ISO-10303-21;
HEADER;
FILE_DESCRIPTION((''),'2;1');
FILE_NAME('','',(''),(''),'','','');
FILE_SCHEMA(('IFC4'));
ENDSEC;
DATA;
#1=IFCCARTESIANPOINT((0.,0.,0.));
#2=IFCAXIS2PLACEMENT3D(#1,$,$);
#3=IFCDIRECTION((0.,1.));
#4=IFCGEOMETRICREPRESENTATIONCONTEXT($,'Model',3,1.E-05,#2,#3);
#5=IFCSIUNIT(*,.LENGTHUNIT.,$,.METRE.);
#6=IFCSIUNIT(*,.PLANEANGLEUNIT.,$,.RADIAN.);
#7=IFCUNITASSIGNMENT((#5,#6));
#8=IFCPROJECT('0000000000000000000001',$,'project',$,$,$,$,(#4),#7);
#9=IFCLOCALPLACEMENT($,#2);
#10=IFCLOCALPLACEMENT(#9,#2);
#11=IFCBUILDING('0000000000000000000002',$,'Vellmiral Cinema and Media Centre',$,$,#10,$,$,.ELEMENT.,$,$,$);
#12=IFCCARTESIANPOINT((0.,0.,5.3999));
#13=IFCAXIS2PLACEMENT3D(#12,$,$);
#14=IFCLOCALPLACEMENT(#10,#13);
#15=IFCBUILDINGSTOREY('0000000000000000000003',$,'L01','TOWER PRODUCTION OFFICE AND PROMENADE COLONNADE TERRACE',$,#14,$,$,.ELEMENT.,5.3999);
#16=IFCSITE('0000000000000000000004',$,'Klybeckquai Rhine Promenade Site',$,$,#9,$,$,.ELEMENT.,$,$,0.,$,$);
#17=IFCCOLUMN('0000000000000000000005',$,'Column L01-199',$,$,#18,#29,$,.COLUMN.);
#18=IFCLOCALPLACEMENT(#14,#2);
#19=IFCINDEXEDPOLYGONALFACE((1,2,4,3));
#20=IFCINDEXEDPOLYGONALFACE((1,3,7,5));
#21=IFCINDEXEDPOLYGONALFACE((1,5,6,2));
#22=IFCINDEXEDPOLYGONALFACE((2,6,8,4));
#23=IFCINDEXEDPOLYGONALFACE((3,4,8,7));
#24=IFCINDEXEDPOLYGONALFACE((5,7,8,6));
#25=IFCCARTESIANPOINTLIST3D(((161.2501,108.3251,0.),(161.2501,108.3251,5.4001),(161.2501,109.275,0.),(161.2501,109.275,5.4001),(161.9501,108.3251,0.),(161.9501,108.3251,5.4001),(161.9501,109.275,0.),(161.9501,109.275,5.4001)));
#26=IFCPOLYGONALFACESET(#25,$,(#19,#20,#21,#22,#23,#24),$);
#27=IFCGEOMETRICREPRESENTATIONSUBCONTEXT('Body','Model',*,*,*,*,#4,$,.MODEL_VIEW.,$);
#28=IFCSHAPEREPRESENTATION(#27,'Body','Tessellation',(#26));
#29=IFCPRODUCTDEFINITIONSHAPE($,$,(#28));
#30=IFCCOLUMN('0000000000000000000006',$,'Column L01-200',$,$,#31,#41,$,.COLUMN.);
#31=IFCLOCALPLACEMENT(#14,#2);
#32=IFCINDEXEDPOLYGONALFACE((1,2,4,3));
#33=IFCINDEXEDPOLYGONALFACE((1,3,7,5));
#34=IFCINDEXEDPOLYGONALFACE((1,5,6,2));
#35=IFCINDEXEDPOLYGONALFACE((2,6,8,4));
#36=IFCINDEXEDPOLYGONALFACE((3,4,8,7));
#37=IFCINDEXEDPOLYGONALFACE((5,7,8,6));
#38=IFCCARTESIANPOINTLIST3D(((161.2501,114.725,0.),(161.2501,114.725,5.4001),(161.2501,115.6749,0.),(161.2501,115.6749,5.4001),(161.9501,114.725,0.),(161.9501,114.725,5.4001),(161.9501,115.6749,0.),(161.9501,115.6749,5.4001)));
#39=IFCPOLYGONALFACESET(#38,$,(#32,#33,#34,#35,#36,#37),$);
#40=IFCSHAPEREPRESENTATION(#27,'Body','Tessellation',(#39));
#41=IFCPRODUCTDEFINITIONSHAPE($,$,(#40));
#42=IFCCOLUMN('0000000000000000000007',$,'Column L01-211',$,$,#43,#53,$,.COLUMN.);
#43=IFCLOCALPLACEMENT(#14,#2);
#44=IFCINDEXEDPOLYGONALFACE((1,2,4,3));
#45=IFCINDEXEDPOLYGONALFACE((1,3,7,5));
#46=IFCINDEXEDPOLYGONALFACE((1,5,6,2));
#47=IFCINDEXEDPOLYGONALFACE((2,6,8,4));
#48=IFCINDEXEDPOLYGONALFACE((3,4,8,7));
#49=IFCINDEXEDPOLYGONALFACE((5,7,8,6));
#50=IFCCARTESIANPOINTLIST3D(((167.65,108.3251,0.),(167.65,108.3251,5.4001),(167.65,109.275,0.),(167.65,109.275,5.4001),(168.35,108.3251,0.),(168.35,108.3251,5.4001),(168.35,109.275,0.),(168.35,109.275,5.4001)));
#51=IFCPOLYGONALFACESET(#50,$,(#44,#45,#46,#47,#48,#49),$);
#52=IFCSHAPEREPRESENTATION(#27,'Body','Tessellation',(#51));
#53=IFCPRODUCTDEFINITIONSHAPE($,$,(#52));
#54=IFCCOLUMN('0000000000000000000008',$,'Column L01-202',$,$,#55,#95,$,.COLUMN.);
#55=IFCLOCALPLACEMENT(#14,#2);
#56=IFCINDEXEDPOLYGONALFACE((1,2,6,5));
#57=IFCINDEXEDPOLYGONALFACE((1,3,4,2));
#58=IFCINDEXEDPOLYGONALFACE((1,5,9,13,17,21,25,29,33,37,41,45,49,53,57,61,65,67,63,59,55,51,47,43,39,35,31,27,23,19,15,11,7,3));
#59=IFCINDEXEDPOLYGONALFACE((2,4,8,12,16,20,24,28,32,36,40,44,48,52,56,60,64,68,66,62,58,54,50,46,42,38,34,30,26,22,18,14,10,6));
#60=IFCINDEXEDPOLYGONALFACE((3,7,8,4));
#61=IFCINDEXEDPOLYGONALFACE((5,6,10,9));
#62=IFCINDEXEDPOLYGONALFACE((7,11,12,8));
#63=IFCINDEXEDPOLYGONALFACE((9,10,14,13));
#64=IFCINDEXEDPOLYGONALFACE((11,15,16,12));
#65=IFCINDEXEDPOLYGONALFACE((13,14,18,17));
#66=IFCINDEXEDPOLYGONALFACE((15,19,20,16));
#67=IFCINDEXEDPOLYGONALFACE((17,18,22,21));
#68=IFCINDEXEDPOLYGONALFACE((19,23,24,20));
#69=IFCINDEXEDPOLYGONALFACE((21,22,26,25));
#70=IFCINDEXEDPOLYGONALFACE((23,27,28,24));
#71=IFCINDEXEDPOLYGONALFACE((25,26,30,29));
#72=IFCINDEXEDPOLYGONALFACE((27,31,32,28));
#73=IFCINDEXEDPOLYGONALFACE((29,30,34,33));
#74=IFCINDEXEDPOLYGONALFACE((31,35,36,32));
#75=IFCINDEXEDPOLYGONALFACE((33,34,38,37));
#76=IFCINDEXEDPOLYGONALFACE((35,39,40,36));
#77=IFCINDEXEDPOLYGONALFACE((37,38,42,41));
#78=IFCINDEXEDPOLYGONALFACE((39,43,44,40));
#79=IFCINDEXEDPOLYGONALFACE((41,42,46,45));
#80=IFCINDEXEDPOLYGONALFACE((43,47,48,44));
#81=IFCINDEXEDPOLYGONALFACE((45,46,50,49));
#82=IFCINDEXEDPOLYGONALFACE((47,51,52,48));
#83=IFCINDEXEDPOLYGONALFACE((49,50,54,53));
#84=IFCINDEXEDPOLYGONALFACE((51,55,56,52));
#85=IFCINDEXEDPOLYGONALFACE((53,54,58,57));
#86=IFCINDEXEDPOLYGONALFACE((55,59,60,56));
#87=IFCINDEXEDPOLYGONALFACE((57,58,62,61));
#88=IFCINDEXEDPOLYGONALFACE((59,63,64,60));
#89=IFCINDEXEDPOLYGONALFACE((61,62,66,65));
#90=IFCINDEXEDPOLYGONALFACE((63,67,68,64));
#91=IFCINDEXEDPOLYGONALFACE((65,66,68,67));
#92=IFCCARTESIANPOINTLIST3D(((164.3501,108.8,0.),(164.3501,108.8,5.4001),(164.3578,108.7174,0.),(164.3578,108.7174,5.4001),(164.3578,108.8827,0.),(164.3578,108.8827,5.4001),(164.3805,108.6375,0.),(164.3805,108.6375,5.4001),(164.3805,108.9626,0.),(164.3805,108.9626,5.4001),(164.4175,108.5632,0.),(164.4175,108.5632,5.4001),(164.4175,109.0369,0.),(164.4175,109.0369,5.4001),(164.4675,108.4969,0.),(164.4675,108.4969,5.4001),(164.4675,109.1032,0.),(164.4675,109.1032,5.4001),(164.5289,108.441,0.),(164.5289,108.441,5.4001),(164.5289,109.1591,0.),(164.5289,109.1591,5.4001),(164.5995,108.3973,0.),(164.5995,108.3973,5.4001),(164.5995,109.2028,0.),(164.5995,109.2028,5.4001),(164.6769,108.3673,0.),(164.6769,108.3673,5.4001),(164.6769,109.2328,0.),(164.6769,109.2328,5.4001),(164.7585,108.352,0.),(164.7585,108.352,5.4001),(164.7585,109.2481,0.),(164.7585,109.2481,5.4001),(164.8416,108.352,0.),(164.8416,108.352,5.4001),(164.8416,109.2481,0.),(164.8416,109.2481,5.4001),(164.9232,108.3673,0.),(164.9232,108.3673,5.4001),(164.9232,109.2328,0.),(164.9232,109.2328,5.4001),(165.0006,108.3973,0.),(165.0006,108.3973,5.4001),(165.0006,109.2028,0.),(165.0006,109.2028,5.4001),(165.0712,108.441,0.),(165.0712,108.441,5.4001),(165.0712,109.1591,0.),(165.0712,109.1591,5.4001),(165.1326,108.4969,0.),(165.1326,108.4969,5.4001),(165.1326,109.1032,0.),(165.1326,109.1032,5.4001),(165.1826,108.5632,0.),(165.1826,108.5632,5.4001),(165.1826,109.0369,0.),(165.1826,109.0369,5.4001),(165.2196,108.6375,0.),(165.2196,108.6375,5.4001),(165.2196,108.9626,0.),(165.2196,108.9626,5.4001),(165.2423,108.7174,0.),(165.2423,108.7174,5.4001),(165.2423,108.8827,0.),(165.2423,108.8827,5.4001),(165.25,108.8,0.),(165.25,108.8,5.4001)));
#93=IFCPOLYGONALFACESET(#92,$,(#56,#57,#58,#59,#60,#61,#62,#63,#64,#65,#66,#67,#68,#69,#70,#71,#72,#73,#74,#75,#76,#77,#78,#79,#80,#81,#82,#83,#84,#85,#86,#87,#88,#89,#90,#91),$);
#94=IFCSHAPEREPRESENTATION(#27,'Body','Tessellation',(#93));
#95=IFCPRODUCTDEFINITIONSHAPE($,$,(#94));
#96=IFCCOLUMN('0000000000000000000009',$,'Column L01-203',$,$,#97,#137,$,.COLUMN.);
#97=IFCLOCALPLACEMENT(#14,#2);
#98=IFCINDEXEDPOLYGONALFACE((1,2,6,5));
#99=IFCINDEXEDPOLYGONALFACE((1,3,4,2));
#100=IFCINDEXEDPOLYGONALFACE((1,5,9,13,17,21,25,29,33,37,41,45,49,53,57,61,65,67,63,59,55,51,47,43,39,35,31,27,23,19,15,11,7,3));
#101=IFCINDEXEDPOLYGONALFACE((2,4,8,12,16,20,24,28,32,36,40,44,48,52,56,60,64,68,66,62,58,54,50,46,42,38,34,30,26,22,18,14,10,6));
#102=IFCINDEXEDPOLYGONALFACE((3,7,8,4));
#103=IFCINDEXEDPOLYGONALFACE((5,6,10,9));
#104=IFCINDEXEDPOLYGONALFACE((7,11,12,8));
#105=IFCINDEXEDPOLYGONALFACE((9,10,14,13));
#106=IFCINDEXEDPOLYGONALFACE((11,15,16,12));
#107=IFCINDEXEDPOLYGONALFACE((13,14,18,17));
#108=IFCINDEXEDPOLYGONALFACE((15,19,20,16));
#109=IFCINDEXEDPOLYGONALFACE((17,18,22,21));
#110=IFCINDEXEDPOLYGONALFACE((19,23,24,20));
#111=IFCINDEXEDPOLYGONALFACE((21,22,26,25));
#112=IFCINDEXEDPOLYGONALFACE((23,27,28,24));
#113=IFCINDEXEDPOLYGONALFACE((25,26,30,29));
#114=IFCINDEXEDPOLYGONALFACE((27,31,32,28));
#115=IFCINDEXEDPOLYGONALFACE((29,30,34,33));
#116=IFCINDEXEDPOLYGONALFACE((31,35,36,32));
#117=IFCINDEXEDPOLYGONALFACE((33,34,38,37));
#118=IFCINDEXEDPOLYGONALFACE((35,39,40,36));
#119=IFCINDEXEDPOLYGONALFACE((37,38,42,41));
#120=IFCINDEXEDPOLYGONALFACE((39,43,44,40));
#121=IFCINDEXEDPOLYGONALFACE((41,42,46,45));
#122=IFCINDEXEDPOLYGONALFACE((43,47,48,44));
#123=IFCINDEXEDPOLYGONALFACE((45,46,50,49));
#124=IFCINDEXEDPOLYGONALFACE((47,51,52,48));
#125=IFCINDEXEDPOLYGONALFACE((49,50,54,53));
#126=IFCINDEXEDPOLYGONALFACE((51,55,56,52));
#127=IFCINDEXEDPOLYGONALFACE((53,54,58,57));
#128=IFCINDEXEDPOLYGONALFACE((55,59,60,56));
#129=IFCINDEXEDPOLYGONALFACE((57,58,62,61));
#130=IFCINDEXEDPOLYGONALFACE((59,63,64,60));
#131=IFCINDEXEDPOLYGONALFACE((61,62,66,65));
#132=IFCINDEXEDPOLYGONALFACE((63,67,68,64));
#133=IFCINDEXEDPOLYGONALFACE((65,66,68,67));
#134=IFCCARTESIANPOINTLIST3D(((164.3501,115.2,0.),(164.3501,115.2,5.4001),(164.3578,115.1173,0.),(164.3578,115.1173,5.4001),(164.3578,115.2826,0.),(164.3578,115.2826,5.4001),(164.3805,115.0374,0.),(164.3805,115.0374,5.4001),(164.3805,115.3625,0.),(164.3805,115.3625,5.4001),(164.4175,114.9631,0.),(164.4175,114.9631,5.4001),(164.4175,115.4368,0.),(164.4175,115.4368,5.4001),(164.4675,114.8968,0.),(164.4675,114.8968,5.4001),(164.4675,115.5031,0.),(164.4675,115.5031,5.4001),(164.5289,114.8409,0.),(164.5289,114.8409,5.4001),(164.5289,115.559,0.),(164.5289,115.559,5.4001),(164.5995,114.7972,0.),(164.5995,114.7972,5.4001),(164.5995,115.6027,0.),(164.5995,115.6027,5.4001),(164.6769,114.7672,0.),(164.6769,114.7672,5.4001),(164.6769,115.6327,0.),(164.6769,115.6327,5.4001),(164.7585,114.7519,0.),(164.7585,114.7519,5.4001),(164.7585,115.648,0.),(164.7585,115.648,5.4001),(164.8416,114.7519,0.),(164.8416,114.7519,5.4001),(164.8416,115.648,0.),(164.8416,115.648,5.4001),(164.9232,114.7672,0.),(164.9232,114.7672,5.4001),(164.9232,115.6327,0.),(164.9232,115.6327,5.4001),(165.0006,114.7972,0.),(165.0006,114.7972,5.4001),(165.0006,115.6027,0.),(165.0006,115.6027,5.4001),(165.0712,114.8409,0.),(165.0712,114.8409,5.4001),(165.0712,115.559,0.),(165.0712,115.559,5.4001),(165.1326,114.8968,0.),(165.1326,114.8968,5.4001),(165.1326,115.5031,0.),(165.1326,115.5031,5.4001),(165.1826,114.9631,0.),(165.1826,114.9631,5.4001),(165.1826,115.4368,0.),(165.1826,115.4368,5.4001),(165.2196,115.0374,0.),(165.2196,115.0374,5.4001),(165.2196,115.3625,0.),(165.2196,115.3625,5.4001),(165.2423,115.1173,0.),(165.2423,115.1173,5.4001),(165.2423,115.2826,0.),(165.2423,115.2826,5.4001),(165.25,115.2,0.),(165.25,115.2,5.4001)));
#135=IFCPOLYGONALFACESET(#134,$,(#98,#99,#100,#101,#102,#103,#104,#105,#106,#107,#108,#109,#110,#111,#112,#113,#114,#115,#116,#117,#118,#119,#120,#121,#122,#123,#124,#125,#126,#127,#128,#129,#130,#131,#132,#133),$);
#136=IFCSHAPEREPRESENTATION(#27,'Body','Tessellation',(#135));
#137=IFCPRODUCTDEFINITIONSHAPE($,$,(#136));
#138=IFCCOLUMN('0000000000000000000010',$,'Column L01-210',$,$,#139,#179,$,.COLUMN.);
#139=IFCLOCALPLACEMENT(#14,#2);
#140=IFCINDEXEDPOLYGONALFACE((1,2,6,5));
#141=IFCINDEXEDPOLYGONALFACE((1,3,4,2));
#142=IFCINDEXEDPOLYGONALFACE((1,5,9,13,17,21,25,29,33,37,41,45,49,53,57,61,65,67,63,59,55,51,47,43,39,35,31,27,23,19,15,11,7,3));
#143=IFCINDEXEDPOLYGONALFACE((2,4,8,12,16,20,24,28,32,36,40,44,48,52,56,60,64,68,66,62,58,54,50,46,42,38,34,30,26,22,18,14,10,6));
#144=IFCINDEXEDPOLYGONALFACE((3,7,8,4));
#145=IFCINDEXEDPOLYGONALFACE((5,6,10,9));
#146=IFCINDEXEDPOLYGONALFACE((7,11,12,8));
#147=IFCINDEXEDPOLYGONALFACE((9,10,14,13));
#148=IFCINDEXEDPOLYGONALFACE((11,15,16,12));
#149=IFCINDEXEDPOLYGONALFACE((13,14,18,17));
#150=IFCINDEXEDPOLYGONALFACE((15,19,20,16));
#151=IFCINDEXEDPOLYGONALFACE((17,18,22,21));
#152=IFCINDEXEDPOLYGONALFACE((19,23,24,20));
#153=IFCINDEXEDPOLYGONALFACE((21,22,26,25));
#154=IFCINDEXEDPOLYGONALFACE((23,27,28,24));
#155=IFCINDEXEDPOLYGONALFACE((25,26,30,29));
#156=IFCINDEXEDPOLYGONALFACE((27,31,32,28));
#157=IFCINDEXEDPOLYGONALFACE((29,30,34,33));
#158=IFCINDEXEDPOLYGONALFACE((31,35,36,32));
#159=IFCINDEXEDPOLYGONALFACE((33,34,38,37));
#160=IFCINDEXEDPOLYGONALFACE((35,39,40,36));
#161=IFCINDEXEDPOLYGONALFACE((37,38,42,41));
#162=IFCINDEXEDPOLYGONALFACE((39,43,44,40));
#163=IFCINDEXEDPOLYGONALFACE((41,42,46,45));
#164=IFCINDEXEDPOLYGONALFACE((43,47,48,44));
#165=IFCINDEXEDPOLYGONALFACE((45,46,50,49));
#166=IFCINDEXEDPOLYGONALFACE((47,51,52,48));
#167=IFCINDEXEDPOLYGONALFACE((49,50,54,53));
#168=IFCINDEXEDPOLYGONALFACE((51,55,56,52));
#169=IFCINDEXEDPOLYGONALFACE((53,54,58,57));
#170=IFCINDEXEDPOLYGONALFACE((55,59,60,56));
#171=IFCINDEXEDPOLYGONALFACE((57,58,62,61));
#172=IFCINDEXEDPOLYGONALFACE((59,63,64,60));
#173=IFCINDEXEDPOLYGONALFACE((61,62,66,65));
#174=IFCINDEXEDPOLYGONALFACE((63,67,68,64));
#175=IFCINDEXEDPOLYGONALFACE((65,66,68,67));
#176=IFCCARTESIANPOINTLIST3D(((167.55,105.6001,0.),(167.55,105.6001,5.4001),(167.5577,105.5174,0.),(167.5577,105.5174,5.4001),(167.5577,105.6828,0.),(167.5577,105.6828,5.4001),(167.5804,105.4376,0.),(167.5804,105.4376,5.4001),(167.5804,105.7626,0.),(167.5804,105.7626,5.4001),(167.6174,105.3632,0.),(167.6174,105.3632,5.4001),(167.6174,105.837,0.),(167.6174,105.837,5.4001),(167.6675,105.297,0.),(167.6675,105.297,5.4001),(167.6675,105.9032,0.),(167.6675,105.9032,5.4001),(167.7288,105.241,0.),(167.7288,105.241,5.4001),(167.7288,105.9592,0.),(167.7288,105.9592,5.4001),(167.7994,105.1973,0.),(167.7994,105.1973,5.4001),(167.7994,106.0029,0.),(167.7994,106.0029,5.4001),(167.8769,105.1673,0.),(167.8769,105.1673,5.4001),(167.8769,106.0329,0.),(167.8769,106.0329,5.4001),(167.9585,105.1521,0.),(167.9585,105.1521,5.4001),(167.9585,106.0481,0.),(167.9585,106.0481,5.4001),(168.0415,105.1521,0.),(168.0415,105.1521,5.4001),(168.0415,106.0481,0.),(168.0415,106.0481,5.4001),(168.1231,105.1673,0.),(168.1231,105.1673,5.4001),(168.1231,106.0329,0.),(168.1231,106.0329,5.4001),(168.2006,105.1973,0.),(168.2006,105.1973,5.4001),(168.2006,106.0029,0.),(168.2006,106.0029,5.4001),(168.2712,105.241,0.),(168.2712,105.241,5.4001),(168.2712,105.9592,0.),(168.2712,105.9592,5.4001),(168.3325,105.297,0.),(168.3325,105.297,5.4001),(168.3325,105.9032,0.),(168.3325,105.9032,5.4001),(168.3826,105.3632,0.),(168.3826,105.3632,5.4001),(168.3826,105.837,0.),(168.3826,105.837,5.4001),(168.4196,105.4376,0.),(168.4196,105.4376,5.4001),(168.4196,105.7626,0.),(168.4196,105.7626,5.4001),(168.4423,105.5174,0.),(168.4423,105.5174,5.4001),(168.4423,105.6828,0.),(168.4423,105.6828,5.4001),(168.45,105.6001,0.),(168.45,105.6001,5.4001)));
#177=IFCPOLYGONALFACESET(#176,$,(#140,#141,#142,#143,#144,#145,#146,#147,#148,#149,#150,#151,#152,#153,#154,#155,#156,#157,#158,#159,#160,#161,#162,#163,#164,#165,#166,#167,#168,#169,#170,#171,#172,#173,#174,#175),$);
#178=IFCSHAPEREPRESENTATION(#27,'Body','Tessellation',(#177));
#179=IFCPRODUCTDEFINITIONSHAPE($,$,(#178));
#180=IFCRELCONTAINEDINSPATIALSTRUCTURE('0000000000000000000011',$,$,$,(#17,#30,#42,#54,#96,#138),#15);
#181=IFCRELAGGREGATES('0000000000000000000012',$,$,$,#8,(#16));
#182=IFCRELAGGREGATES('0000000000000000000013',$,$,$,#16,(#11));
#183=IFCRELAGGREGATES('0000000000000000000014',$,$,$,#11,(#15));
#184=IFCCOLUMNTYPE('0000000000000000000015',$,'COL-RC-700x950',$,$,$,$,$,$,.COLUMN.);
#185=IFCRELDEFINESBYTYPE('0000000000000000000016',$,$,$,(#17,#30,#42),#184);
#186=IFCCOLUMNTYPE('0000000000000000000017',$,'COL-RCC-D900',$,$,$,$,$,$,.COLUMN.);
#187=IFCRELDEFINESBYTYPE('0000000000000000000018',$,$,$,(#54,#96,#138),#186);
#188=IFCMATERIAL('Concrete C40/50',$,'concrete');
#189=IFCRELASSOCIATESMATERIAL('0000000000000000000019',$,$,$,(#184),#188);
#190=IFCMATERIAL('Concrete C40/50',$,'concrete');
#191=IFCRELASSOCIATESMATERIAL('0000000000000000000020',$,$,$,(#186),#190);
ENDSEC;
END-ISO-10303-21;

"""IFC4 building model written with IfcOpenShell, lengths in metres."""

from ifc_helpers import new_model, si_unit, direction, frame, origin, origin_2d, place, context, subcontext, project, spatial, rectangle, circle, extrude, material, material_profile, profile_set, type_object, element, save


model = new_model("IFC4")

# Units and contexts
model_context = context("Model", 3, precision=1e-05, world=origin(), true_north=direction((0.0, 1.0)))
body_context = subcontext(model_context, "Body", "Model", "MODEL_VIEW")
ifc_project = project(units=[si_unit("LENGTHUNIT", "METRE"), si_unit("PLANEANGLEUNIT", "RADIAN")], contexts=[model_context])

# Site, building, storey
site_placement = place(None, origin())
site = spatial("IfcSite", under=ifc_project, at=site_placement, Name="Klybeckquai Rhine Promenade Site", CompositionType="ELEMENT", RefElevation=0.0)
building_placement = place(site_placement, origin())
building = spatial("IfcBuilding", under=site, at=building_placement, Name="Vellmiral Cinema and Media Centre", CompositionType="ELEMENT")
storey_placement = place(building_placement, frame((0.0, 0.0, 5.3999)))
storey = spatial("IfcBuildingStorey", under=building, at=storey_placement, Name="L01", Description="TOWER PRODUCTION OFFICE AND PROMENADE COLONNADE TERRACE", CompositionType="ELEMENT", Elevation=5.3999)

# Columns
ifc_material_1 = material(Name="Concrete C40/50", Category="concrete")
ifc_material_profile_1 = material_profile(ifc_material_1, rectangle(XDim=0.7, YDim=0.95, at=origin_2d()), Name="RC 700x950")
ifc_profile_set_1 = profile_set([ifc_material_profile_1], Name="Concrete C40/50")
column_type_1 = type_object("IfcColumnType", Name="COL-RC-700x950", PredefinedType="COLUMN", material=ifc_profile_set_1)
for number, where, z_axis, x_axis, name in (
    (1, (161.6001, 108.8, 0.0), (0.0, 0.0, 1.0), (1.0, 0.0, 0.0), "Column L01-199"),
    (2, (161.6001, 115.2, 0.0), (0.0, 0.0, 1.0), (1.0, 0.0, 0.0), "Column L01-200"),
    (3, (168.0, 108.8, 0.0), (0.0, 0.0, 1.0), (1.0, 0.0, 0.0), "Column L01-211"),
):
    element("IfcColumn", number, at=place(storey_placement, frame(where, z_axis=z_axis, x_axis=x_axis)), inside=storey, type_object=column_type_1, Name=name, PredefinedType="COLUMN", context=body_context, shape_type="SweptSolid", body=[
        extrude(rectangle(XDim=0.7, YDim=0.95, at=origin_2d()), origin(), (0.0, 0.0, 1.0), 5.4001),
    ])
ifc_material_2 = material(Name="Concrete C40/50", Category="concrete")
ifc_material_profile_2 = material_profile(ifc_material_2, circle(Radius=0.45, at=origin_2d()), Name="RC D900")
ifc_profile_set_2 = profile_set([ifc_material_profile_2], Name="Concrete C40/50")
column_type_2 = type_object("IfcColumnType", Name="COL-RCC-D900", PredefinedType="COLUMN", material=ifc_profile_set_2)
for number, where, z_axis, x_axis, name in (
    (4, (164.8, 108.8, 0.0), (0.0, 0.0, 1.0), (1.0, 0.0, 0.0), "Column L01-202"),
    (5, (164.8, 115.2, 0.0), (0.0, 0.0, 1.0), (1.0, 0.0, 0.0), "Column L01-203"),
    (6, (168.0, 105.6001, 0.0), (0.0, 0.0, 1.0), (1.0, 0.0, 0.0), "Column L01-210"),
):
    element("IfcColumn", number, at=place(storey_placement, frame(where, z_axis=z_axis, x_axis=x_axis)), inside=storey, type_object=column_type_2, Name=name, PredefinedType="COLUMN", context=body_context, shape_type="SweptSolid", body=[
        extrude(circle(Radius=0.45, at=origin_2d()), origin(), (0.0, 0.0, 1.0), 5.4001),
    ])

save(model, "model.ifc")
